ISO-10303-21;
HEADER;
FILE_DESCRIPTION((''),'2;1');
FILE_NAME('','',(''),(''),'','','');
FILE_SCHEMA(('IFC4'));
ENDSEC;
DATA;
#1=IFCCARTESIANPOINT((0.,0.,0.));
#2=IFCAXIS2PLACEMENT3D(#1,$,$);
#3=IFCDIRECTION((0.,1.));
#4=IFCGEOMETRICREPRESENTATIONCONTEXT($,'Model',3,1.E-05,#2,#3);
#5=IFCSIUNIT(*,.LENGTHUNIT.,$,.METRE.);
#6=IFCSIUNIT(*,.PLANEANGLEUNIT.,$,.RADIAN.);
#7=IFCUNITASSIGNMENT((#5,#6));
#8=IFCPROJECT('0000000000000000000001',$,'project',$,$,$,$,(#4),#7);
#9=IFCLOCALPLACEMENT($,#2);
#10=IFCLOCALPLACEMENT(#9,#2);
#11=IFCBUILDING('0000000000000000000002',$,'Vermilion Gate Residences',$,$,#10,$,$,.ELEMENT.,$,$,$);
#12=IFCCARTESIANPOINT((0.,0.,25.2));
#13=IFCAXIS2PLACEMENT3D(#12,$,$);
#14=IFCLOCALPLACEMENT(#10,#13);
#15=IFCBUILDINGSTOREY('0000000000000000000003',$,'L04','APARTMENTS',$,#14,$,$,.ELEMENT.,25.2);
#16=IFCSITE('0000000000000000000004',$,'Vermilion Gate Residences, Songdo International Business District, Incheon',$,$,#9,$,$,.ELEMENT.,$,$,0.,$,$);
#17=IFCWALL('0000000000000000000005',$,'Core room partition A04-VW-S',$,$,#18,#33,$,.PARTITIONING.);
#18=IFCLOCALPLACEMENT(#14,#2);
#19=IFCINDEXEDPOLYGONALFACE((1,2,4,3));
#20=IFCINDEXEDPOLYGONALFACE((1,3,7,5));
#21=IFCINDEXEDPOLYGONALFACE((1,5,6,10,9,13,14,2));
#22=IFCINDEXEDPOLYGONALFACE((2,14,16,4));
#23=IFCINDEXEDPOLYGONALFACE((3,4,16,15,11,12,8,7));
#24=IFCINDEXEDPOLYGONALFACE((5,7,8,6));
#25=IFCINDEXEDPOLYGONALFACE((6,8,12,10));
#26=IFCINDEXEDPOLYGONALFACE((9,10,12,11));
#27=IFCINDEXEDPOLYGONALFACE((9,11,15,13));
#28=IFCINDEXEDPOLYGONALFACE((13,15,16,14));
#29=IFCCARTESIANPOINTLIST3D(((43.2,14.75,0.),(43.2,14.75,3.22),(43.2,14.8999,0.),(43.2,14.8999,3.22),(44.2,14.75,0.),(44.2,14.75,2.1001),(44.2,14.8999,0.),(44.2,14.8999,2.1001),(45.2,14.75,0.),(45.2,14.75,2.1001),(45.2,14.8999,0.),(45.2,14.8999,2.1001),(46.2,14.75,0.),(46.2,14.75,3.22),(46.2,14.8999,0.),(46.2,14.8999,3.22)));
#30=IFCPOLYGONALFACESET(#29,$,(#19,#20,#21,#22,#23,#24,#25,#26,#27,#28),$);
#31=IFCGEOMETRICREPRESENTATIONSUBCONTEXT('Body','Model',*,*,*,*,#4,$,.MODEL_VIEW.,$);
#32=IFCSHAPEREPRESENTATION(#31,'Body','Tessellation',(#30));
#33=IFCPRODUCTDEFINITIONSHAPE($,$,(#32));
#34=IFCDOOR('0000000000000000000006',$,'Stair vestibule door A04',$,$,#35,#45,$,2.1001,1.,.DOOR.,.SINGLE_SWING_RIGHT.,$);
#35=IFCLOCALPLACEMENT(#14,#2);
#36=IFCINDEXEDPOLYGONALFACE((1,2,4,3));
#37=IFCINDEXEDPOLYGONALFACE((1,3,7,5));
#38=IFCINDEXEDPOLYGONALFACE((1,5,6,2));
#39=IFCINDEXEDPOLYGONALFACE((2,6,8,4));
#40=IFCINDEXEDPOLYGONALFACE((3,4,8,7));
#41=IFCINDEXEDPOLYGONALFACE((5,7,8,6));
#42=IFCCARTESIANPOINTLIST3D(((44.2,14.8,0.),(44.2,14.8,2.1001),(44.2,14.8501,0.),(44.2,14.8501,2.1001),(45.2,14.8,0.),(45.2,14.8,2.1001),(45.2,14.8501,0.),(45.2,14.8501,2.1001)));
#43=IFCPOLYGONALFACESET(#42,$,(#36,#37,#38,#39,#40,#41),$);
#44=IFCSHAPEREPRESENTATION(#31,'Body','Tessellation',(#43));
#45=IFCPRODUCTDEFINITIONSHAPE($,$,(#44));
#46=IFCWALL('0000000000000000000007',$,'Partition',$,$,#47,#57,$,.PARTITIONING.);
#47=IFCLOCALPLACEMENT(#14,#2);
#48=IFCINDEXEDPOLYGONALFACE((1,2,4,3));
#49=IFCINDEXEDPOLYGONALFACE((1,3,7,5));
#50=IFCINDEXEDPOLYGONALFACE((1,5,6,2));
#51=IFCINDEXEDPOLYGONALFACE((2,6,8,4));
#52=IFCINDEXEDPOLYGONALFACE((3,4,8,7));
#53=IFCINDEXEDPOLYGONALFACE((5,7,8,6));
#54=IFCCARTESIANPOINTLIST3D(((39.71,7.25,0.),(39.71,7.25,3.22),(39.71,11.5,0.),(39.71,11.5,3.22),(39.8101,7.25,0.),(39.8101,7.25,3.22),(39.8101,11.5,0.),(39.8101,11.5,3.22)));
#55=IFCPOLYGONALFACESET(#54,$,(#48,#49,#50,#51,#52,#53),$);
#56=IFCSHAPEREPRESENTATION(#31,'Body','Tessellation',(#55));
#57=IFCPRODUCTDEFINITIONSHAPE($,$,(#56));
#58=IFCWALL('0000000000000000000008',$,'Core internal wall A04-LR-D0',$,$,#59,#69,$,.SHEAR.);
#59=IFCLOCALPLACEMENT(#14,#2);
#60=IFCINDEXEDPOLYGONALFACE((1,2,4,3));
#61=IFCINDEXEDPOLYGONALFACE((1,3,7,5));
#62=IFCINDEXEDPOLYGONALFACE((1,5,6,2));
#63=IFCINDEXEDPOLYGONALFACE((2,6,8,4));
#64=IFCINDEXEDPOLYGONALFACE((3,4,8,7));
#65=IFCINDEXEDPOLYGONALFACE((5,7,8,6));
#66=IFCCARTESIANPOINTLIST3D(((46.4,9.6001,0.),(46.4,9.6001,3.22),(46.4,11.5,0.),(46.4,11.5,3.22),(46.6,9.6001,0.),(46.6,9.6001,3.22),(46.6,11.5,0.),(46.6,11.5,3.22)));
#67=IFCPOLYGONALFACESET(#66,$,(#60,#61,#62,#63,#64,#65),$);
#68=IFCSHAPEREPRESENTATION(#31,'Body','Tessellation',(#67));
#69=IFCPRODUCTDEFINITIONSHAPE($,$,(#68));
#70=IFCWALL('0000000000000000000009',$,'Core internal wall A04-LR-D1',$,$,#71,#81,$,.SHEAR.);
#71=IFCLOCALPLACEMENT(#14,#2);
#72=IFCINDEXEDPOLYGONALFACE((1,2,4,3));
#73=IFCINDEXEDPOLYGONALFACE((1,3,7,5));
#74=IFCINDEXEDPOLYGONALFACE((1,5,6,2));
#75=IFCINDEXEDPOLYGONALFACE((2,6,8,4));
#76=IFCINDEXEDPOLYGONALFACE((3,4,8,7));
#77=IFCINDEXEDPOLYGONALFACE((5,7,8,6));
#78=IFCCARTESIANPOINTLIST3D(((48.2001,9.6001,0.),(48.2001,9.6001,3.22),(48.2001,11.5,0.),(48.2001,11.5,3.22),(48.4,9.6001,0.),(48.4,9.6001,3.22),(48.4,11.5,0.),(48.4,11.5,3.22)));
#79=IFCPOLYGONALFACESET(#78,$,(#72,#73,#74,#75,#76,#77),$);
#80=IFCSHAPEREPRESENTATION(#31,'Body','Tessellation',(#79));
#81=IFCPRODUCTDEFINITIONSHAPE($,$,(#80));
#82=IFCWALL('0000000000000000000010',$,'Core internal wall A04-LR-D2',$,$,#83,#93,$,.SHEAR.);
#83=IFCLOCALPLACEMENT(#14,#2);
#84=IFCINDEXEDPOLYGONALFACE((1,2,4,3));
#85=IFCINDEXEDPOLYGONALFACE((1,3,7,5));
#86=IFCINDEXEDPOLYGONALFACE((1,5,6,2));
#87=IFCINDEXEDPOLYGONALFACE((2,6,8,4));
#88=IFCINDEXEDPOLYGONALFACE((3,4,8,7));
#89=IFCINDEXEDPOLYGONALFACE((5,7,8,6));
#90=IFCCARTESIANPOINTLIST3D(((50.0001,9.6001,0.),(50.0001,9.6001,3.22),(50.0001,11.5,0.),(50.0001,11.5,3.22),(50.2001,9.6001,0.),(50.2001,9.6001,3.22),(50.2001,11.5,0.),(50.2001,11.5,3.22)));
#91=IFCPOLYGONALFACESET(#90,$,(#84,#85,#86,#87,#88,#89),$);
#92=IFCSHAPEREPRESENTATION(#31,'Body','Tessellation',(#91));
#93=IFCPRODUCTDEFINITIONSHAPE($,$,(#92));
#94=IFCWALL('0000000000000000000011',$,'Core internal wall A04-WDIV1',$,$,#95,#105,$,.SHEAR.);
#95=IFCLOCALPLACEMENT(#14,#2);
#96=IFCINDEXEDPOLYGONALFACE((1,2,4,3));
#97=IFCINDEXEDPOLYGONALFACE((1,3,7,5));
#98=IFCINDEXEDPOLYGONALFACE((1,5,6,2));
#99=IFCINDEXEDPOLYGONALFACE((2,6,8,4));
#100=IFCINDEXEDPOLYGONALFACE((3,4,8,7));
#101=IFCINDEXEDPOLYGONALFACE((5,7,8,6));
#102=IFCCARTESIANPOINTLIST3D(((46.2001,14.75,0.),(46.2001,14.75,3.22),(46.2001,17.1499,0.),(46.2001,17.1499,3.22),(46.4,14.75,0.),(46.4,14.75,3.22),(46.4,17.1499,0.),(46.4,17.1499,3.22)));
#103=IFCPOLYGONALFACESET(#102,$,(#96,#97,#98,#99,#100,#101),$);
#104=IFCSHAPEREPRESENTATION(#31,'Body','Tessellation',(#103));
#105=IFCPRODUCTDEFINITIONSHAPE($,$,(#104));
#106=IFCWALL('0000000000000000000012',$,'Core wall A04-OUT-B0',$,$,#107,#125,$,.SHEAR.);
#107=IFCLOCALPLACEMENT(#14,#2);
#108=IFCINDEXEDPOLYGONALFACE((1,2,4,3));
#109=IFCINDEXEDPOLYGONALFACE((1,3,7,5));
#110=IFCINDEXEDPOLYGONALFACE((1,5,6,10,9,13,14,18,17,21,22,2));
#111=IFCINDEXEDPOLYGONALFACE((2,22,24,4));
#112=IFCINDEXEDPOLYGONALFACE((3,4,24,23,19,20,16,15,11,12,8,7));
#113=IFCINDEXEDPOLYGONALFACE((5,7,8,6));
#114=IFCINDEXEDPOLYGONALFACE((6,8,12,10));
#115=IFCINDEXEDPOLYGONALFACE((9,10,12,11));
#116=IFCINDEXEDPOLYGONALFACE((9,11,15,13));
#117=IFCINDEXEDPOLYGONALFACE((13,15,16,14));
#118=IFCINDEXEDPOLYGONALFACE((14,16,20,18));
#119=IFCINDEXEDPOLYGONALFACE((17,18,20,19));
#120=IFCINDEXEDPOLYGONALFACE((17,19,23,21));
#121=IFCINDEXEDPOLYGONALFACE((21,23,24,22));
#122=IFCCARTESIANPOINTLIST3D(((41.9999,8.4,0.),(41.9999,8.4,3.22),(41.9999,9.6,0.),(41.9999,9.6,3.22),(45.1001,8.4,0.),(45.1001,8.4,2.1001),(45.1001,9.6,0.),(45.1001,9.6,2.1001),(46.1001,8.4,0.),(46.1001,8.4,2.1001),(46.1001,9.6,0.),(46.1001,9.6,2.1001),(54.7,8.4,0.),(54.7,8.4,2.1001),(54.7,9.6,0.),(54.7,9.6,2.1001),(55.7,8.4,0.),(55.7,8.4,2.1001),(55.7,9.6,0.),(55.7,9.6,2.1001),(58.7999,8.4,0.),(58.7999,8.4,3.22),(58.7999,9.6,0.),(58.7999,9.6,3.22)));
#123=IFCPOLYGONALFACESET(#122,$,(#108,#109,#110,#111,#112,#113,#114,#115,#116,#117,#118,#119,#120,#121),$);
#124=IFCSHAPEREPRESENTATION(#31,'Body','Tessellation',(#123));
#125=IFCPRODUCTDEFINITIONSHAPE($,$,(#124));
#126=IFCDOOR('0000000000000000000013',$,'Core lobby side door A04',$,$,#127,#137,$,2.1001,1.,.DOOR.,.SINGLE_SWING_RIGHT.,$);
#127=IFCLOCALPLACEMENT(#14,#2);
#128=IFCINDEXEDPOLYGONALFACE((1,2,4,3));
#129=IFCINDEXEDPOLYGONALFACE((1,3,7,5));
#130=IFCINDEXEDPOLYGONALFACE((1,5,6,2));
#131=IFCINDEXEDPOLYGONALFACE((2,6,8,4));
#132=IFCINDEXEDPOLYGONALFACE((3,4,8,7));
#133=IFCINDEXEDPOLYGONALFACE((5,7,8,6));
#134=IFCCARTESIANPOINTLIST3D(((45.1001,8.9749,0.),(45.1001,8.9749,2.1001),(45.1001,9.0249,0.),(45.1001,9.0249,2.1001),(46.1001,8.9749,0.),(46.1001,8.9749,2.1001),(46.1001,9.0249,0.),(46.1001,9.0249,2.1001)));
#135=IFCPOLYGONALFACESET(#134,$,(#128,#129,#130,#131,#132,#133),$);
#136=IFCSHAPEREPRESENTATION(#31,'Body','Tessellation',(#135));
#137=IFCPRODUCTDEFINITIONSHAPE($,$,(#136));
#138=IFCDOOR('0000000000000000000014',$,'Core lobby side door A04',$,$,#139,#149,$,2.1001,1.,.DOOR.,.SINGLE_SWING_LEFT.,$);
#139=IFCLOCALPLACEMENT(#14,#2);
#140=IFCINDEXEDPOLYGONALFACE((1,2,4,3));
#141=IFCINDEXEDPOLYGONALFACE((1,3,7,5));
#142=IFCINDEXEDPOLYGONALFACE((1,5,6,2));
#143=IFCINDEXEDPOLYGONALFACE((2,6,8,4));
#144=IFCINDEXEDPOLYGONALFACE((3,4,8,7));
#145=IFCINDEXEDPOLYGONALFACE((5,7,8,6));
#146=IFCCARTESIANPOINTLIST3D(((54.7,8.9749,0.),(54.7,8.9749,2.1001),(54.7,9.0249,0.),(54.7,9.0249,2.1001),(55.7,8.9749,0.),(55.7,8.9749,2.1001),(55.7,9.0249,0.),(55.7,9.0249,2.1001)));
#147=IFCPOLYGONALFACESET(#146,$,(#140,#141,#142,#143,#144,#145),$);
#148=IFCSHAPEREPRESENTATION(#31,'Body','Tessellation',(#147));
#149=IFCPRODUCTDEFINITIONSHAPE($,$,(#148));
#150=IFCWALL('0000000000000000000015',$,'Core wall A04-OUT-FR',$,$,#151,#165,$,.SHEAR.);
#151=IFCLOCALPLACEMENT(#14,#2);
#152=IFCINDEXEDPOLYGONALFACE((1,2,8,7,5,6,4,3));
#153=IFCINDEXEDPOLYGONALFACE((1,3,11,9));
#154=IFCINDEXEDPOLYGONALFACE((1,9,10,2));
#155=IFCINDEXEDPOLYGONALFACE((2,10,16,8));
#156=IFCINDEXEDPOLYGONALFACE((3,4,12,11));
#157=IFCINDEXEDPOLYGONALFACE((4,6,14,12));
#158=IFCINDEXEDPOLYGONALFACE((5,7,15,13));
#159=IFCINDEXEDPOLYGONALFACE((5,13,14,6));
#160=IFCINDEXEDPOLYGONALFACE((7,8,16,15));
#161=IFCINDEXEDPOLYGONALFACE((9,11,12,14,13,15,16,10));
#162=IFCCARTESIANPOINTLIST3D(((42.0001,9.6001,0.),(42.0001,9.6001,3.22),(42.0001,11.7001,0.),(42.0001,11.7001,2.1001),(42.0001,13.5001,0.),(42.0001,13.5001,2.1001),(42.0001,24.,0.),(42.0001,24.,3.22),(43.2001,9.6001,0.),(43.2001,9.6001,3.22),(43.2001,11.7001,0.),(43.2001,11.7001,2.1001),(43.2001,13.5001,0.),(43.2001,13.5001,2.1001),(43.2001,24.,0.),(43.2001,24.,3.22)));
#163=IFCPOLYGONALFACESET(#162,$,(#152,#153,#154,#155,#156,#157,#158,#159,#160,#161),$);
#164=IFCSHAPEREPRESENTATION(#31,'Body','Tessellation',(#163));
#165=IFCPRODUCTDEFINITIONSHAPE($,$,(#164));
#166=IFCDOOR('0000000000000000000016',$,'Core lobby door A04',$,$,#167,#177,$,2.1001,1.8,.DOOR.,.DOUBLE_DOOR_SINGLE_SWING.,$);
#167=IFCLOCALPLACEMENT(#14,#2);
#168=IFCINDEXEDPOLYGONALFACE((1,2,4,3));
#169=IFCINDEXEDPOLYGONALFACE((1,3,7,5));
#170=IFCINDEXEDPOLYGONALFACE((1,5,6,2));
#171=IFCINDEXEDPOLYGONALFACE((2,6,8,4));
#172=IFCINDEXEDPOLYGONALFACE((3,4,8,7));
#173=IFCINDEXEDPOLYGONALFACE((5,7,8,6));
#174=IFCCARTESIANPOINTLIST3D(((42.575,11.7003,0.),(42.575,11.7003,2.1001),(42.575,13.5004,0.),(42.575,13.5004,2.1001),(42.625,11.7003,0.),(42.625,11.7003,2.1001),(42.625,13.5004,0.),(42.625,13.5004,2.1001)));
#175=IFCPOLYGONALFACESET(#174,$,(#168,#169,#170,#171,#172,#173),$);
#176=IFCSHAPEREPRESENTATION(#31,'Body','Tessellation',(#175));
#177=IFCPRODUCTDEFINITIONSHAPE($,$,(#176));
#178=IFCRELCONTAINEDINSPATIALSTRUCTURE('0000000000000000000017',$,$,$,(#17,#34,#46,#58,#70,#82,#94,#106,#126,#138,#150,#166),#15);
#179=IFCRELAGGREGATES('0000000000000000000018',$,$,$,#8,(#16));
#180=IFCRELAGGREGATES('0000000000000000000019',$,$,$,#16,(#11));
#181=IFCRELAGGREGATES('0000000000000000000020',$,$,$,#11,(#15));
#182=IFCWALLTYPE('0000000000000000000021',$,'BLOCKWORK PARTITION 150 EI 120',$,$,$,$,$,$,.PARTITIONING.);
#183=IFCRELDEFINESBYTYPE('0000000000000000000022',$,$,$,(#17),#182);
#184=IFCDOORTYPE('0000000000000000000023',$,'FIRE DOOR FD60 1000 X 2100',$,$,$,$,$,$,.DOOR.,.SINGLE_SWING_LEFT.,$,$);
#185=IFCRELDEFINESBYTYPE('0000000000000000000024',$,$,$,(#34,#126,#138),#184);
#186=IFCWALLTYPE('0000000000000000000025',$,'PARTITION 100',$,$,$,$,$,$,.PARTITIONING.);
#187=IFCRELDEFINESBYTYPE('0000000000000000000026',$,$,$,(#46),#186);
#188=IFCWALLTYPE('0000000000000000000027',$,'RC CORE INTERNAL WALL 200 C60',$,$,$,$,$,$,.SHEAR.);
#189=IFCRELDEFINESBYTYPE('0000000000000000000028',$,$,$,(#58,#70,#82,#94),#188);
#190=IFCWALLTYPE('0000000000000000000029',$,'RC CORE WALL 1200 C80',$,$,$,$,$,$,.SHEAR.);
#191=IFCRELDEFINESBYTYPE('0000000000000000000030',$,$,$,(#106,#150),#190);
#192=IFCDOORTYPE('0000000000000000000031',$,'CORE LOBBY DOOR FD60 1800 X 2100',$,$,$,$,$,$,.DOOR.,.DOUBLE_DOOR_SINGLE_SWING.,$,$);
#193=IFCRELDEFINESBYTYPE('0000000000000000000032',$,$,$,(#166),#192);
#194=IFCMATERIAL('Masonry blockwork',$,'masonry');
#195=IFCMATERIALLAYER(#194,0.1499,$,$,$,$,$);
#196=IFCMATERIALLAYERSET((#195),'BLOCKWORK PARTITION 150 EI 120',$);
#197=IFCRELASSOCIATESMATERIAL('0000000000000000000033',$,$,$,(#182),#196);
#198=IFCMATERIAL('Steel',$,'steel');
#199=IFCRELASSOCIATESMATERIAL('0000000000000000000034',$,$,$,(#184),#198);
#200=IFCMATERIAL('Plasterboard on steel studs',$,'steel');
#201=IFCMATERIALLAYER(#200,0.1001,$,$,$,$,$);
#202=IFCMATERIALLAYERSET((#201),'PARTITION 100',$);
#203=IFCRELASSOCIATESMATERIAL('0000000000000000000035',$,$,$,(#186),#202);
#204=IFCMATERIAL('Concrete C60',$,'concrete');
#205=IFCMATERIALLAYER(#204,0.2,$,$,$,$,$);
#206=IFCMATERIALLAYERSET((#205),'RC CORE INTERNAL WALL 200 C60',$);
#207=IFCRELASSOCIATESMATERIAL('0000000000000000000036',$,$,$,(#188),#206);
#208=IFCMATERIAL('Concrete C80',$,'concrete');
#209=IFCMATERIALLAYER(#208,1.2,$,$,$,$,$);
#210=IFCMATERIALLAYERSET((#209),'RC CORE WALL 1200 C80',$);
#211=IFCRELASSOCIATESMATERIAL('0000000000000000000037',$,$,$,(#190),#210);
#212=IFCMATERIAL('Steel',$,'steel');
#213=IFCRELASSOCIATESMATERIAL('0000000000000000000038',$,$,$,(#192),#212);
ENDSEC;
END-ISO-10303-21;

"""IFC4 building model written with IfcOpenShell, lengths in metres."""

from ifc_helpers import new_model, si_unit, direction, frame, frame_2d, origin, place, context, subcontext, project, spatial, rectangle, extrude, material, layer, layer_set, type_object, element, fill, save


model = new_model("IFC4")

# Units and contexts
model_context = context("Model", 3, precision=1e-05, world=origin(), true_north=direction((0.0, 1.0)))
body_context = subcontext(model_context, "Body", "Model", "MODEL_VIEW")
ifc_project = project(units=[si_unit("LENGTHUNIT", "METRE"), si_unit("PLANEANGLEUNIT", "RADIAN")], contexts=[model_context])

# Site, building, storey
site_placement = place(None, origin())
site = spatial("IfcSite", under=ifc_project, at=site_placement, Name="Vermilion Gate Residences, Songdo International Business District, Incheon", CompositionType="ELEMENT", RefElevation=0.0)
building_placement = place(site_placement, origin())
building = spatial("IfcBuilding", under=site, at=building_placement, Name="Vermilion Gate Residences", CompositionType="ELEMENT")
storey_placement = place(building_placement, frame((0.0, 0.0, 25.2)))
storey = spatial("IfcBuildingStorey", under=building, at=storey_placement, Name="L04", Description="APARTMENTS", CompositionType="ELEMENT", Elevation=25.2)

# Wall, opening, door
ifc_material_1 = material(Name="Masonry blockwork", Category="masonry")
ifc_layer_1 = layer(ifc_material_1, 0.1499)
ifc_layer_set_1 = layer_set([ifc_layer_1], Name="BLOCKWORK PARTITION 150 EI 120")
wall_type_1 = type_object("IfcWallType", Name="BLOCKWORK PARTITION 150 EI 120", PredefinedType="PARTITIONING", material=ifc_layer_set_1)
wall_1_placement = place(storey_placement, frame((43.2, 14.825, 0.0), z_axis=(0.0, 0.0, 1.0), x_axis=(1.0, 0.0, 0.0)))
wall_1 = element("IfcWall", 1, at=wall_1_placement, inside=storey, type_object=wall_type_1, Name="Core room partition A04-VW-S", PredefinedType="PARTITIONING", context=body_context, shape_type="SweptSolid", body=[
    extrude(rectangle(XDim=3.0, YDim=0.1499, at=frame_2d((1.5, 0.0))), origin(), (0.0, 0.0, 1.0), 3.22),
])
opening_1_placement = place(wall_1_placement, frame((1.0, 0.0, 0.0)))
opening_1 = element("IfcOpeningElement", 2, at=opening_1_placement, cuts=wall_1, PredefinedType="OPENING", context=body_context, shape_type="SweptSolid", body=[
    extrude(rectangle(XDim=1.0, YDim=2.1001, at=frame_2d((0.5, 1.05))), frame((0.0, 0.085, 0.0), z_axis=(0.0, -1.0, 0.0), x_axis=(1.0, 0.0, 0.0)), (0.0, 0.0, 1.0), 0.1699),
])
ifc_material_2 = material(Name="Steel", Category="steel")
door_type_1 = type_object("IfcDoorType", Name="FIRE DOOR FD60 1000 X 2100", OperationType="SINGLE_SWING_LEFT", PredefinedType="DOOR", material=ifc_material_2)
door_1_placement = place(opening_1_placement, frame((1.0, 0.0, 0.0), z_axis=(0.0, 0.0, 1.0), x_axis=(-1.0, 0.0, 0.0)))
door_1 = element("IfcDoor", 3, at=door_1_placement, inside=storey, type_object=door_type_1, Name="Stair vestibule door A04", OperationType="SINGLE_SWING_RIGHT", OverallHeight=2.1001, OverallWidth=1.0, PredefinedType="DOOR", context=body_context, shape_type="SweptSolid", body=[
    extrude(rectangle(XDim=1.0, YDim=2.1001, at=frame_2d((0.5, 1.05))), frame((0.0, 0.0249, 0.0), z_axis=(0.0, -1.0, 0.0), x_axis=(1.0, 0.0, 0.0)), (0.0, 0.0, 1.0), 0.05),
])
fill(opening_1, door_1)

# Walls
ifc_material_3 = material(Name="Plasterboard on steel studs", Category="steel")
ifc_layer_2 = layer(ifc_material_3, 0.1001)
ifc_layer_set_2 = layer_set([ifc_layer_2], Name="PARTITION 100")
wall_type_2 = type_object("IfcWallType", Name="PARTITION 100", PredefinedType="PARTITIONING", material=ifc_layer_set_2)
wall_2_placement = place(storey_placement, frame((39.76, 7.25, 0.0), z_axis=(0.0, 0.0, 1.0), x_axis=(0.0, 1.0, 0.0)))
element("IfcWall", 4, at=wall_2_placement, inside=storey, type_object=wall_type_2, Name="Partition", PredefinedType="PARTITIONING", context=body_context, shape_type="SweptSolid", body=[
    extrude(rectangle(XDim=4.25, YDim=0.1001, at=frame_2d((2.125, 0.0))), origin(), (0.0, 0.0, 1.0), 3.22),
])
ifc_material_4 = material(Name="Concrete C60", Category="concrete")
ifc_layer_3 = layer(ifc_material_4, 0.2)
ifc_layer_set_3 = layer_set([ifc_layer_3], Name="RC CORE INTERNAL WALL 200 C60")
wall_type_3 = type_object("IfcWallType", Name="RC CORE INTERNAL WALL 200 C60", PredefinedType="SHEAR", material=ifc_layer_set_3)
for number, where, z_axis, x_axis, name in (
    (5, (46.5, 9.6001, 0.0), (0.0, 0.0, 1.0), (0.0, 1.0, 0.0), "Core internal wall A04-LR-D0"),
    (6, (48.3, 9.6001, 0.0), (0.0, 0.0, 1.0), (0.0, 1.0, 0.0), "Core internal wall A04-LR-D1"),
    (7, (50.1001, 9.6001, 0.0), (0.0, 0.0, 1.0), (0.0, 1.0, 0.0), "Core internal wall A04-LR-D2"),
):
    element("IfcWall", number, at=place(storey_placement, frame(where, z_axis=z_axis, x_axis=x_axis)), inside=storey, type_object=wall_type_3, Name=name, PredefinedType="SHEAR", context=body_context, shape_type="SweptSolid", body=[
        extrude(rectangle(XDim=1.8999, YDim=0.2, at=frame_2d((0.95, 0.0))), origin(), (0.0, 0.0, 1.0), 3.22),
    ])
wall_3_placement = place(storey_placement, frame((46.3, 14.75, 0.0), z_axis=(0.0, 0.0, 1.0), x_axis=(0.0, 1.0, 0.0)))
element("IfcWall", 8, at=wall_3_placement, inside=storey, type_object=wall_type_3, Name="Core internal wall A04-WDIV1", PredefinedType="SHEAR", context=body_context, shape_type="SweptSolid", body=[
    extrude(rectangle(XDim=2.3999, YDim=0.2, at=frame_2d((1.2, 0.0))), origin(), (0.0, 0.0, 1.0), 3.22),
])

# Wall, openings, doors
ifc_material_5 = material(Name="Concrete C80", Category="concrete")
ifc_layer_4 = layer(ifc_material_5, 1.2)
ifc_layer_set_4 = layer_set([ifc_layer_4], Name="RC CORE WALL 1200 C80")
wall_type_4 = type_object("IfcWallType", Name="RC CORE WALL 1200 C80", PredefinedType="SHEAR", material=ifc_layer_set_4)
wall_4_placement = place(storey_placement, frame((42.0, 9.0, 0.0), z_axis=(0.0, 0.0, 1.0), x_axis=(1.0, 0.0, 0.0)))
wall_4 = element("IfcWall", 9, at=wall_4_placement, inside=storey, type_object=wall_type_4, Name="Core wall A04-OUT-B0", PredefinedType="SHEAR", context=body_context, shape_type="SweptSolid", body=[
    extrude(rectangle(XDim=16.8, YDim=1.2, at=frame_2d((8.3999, 0.0))), origin(), (0.0, 0.0, 1.0), 3.22),
])
opening_2_placement = place(wall_4_placement, frame((3.1001, 0.0, 0.0)))
opening_2 = element("IfcOpeningElement", 10, at=opening_2_placement, cuts=wall_4, PredefinedType="OPENING", context=body_context, shape_type="SweptSolid", body=[
    extrude(rectangle(XDim=1.0, YDim=2.1001, at=frame_2d((0.5, 1.05))), frame((0.0, 0.6099, 0.0), z_axis=(0.0, -1.0, 0.0), x_axis=(1.0, 0.0, 0.0)), (0.0, 0.0, 1.0), 1.22),
])
opening_3_placement = place(wall_4_placement, frame((12.7, 0.0, 0.0)))
opening_3 = element("IfcOpeningElement", 11, at=opening_3_placement, cuts=wall_4, PredefinedType="OPENING", context=body_context, shape_type="SweptSolid", body=[
    extrude(rectangle(XDim=1.0, YDim=2.1001, at=frame_2d((0.5, 1.05))), frame((0.0, 0.6099, 0.0), z_axis=(0.0, -1.0, 0.0), x_axis=(1.0, 0.0, 0.0)), (0.0, 0.0, 1.0), 1.22),
])
door_2_placement = place(opening_2_placement, origin())
door_2 = element("IfcDoor", 12, at=door_2_placement, inside=storey, type_object=door_type_1, Name="Core lobby side door A04", OperationType="SINGLE_SWING_RIGHT", OverallHeight=2.1001, OverallWidth=1.0, PredefinedType="DOOR", context=body_context, shape_type="SweptSolid", body=[
    extrude(rectangle(XDim=1.0, YDim=2.1001, at=frame_2d((0.5, 1.05))), frame((0.0, 0.0249, 0.0), z_axis=(0.0, -1.0, 0.0), x_axis=(1.0, 0.0, 0.0)), (0.0, 0.0, 1.0), 0.05),
])
fill(opening_2, door_2)
door_3_placement = place(opening_3_placement, origin())
door_3 = element("IfcDoor", 13, at=door_3_placement, inside=storey, type_object=door_type_1, Name="Core lobby side door A04", OperationType="SINGLE_SWING_LEFT", OverallHeight=2.1001, OverallWidth=1.0, PredefinedType="DOOR", context=body_context, shape_type="SweptSolid", body=[
    extrude(rectangle(XDim=1.0, YDim=2.1001, at=frame_2d((0.5, 1.05))), frame((0.0, 0.0249, 0.0), z_axis=(0.0, -1.0, 0.0), x_axis=(1.0, 0.0, 0.0)), (0.0, 0.0, 1.0), 0.05),
])
fill(opening_3, door_3)

# Wall, opening, door
wall_5_placement = place(storey_placement, frame((42.6001, 9.6001, 0.0), z_axis=(0.0, 0.0, 1.0), x_axis=(0.0, 1.0, 0.0)))
wall_5 = element("IfcWall", 14, at=wall_5_placement, inside=storey, type_object=wall_type_4, Name="Core wall A04-OUT-FR", PredefinedType="SHEAR", context=body_context, shape_type="SweptSolid", body=[
    extrude(rectangle(XDim=14.3999, YDim=1.2, at=frame_2d((7.2, 0.0))), origin(), (0.0, 0.0, 1.0), 3.22),
])
opening_4_placement = place(wall_5_placement, frame((2.1001, 0.0, 0.0)))
opening_4 = element("IfcOpeningElement", 15, at=opening_4_placement, cuts=wall_5, PredefinedType="OPENING", context=body_context, shape_type="SweptSolid", body=[
    extrude(rectangle(XDim=1.8, YDim=2.1001, at=frame_2d((0.8999, 1.05))), frame((0.0, 0.6099, 0.0), z_axis=(0.0, -1.0, 0.0), x_axis=(1.0, 0.0, 0.0)), (0.0, 0.0, 1.0), 1.22),
])
ifc_material_6 = material(Name="Steel", Category="steel")
door_type_2 = type_object("IfcDoorType", Name="CORE LOBBY DOOR FD60 1800 X 2100", OperationType="DOUBLE_DOOR_SINGLE_SWING", PredefinedType="DOOR", material=ifc_material_6)
door_4_placement = place(opening_4_placement, frame((1.8, 0.0, 0.0), z_axis=(0.0, 0.0, 1.0), x_axis=(-1.0, 0.0, 0.0)))
door_4 = element("IfcDoor", 16, at=door_4_placement, inside=storey, type_object=door_type_2, Name="Core lobby door A04", OperationType="DOUBLE_DOOR_SINGLE_SWING", OverallHeight=2.1001, OverallWidth=1.8, PredefinedType="DOOR", context=body_context, shape_type="SweptSolid", body=[
    extrude(rectangle(XDim=1.8, YDim=2.1001, at=frame_2d((0.8999, 1.05))), frame((0.0, 0.0249, 0.0), z_axis=(0.0, -1.0, 0.0), x_axis=(1.0, 0.0, 0.0)), (0.0, 0.0, 1.0), 0.05),
])
fill(opening_4, door_4)

save(model, "model.ifc")
